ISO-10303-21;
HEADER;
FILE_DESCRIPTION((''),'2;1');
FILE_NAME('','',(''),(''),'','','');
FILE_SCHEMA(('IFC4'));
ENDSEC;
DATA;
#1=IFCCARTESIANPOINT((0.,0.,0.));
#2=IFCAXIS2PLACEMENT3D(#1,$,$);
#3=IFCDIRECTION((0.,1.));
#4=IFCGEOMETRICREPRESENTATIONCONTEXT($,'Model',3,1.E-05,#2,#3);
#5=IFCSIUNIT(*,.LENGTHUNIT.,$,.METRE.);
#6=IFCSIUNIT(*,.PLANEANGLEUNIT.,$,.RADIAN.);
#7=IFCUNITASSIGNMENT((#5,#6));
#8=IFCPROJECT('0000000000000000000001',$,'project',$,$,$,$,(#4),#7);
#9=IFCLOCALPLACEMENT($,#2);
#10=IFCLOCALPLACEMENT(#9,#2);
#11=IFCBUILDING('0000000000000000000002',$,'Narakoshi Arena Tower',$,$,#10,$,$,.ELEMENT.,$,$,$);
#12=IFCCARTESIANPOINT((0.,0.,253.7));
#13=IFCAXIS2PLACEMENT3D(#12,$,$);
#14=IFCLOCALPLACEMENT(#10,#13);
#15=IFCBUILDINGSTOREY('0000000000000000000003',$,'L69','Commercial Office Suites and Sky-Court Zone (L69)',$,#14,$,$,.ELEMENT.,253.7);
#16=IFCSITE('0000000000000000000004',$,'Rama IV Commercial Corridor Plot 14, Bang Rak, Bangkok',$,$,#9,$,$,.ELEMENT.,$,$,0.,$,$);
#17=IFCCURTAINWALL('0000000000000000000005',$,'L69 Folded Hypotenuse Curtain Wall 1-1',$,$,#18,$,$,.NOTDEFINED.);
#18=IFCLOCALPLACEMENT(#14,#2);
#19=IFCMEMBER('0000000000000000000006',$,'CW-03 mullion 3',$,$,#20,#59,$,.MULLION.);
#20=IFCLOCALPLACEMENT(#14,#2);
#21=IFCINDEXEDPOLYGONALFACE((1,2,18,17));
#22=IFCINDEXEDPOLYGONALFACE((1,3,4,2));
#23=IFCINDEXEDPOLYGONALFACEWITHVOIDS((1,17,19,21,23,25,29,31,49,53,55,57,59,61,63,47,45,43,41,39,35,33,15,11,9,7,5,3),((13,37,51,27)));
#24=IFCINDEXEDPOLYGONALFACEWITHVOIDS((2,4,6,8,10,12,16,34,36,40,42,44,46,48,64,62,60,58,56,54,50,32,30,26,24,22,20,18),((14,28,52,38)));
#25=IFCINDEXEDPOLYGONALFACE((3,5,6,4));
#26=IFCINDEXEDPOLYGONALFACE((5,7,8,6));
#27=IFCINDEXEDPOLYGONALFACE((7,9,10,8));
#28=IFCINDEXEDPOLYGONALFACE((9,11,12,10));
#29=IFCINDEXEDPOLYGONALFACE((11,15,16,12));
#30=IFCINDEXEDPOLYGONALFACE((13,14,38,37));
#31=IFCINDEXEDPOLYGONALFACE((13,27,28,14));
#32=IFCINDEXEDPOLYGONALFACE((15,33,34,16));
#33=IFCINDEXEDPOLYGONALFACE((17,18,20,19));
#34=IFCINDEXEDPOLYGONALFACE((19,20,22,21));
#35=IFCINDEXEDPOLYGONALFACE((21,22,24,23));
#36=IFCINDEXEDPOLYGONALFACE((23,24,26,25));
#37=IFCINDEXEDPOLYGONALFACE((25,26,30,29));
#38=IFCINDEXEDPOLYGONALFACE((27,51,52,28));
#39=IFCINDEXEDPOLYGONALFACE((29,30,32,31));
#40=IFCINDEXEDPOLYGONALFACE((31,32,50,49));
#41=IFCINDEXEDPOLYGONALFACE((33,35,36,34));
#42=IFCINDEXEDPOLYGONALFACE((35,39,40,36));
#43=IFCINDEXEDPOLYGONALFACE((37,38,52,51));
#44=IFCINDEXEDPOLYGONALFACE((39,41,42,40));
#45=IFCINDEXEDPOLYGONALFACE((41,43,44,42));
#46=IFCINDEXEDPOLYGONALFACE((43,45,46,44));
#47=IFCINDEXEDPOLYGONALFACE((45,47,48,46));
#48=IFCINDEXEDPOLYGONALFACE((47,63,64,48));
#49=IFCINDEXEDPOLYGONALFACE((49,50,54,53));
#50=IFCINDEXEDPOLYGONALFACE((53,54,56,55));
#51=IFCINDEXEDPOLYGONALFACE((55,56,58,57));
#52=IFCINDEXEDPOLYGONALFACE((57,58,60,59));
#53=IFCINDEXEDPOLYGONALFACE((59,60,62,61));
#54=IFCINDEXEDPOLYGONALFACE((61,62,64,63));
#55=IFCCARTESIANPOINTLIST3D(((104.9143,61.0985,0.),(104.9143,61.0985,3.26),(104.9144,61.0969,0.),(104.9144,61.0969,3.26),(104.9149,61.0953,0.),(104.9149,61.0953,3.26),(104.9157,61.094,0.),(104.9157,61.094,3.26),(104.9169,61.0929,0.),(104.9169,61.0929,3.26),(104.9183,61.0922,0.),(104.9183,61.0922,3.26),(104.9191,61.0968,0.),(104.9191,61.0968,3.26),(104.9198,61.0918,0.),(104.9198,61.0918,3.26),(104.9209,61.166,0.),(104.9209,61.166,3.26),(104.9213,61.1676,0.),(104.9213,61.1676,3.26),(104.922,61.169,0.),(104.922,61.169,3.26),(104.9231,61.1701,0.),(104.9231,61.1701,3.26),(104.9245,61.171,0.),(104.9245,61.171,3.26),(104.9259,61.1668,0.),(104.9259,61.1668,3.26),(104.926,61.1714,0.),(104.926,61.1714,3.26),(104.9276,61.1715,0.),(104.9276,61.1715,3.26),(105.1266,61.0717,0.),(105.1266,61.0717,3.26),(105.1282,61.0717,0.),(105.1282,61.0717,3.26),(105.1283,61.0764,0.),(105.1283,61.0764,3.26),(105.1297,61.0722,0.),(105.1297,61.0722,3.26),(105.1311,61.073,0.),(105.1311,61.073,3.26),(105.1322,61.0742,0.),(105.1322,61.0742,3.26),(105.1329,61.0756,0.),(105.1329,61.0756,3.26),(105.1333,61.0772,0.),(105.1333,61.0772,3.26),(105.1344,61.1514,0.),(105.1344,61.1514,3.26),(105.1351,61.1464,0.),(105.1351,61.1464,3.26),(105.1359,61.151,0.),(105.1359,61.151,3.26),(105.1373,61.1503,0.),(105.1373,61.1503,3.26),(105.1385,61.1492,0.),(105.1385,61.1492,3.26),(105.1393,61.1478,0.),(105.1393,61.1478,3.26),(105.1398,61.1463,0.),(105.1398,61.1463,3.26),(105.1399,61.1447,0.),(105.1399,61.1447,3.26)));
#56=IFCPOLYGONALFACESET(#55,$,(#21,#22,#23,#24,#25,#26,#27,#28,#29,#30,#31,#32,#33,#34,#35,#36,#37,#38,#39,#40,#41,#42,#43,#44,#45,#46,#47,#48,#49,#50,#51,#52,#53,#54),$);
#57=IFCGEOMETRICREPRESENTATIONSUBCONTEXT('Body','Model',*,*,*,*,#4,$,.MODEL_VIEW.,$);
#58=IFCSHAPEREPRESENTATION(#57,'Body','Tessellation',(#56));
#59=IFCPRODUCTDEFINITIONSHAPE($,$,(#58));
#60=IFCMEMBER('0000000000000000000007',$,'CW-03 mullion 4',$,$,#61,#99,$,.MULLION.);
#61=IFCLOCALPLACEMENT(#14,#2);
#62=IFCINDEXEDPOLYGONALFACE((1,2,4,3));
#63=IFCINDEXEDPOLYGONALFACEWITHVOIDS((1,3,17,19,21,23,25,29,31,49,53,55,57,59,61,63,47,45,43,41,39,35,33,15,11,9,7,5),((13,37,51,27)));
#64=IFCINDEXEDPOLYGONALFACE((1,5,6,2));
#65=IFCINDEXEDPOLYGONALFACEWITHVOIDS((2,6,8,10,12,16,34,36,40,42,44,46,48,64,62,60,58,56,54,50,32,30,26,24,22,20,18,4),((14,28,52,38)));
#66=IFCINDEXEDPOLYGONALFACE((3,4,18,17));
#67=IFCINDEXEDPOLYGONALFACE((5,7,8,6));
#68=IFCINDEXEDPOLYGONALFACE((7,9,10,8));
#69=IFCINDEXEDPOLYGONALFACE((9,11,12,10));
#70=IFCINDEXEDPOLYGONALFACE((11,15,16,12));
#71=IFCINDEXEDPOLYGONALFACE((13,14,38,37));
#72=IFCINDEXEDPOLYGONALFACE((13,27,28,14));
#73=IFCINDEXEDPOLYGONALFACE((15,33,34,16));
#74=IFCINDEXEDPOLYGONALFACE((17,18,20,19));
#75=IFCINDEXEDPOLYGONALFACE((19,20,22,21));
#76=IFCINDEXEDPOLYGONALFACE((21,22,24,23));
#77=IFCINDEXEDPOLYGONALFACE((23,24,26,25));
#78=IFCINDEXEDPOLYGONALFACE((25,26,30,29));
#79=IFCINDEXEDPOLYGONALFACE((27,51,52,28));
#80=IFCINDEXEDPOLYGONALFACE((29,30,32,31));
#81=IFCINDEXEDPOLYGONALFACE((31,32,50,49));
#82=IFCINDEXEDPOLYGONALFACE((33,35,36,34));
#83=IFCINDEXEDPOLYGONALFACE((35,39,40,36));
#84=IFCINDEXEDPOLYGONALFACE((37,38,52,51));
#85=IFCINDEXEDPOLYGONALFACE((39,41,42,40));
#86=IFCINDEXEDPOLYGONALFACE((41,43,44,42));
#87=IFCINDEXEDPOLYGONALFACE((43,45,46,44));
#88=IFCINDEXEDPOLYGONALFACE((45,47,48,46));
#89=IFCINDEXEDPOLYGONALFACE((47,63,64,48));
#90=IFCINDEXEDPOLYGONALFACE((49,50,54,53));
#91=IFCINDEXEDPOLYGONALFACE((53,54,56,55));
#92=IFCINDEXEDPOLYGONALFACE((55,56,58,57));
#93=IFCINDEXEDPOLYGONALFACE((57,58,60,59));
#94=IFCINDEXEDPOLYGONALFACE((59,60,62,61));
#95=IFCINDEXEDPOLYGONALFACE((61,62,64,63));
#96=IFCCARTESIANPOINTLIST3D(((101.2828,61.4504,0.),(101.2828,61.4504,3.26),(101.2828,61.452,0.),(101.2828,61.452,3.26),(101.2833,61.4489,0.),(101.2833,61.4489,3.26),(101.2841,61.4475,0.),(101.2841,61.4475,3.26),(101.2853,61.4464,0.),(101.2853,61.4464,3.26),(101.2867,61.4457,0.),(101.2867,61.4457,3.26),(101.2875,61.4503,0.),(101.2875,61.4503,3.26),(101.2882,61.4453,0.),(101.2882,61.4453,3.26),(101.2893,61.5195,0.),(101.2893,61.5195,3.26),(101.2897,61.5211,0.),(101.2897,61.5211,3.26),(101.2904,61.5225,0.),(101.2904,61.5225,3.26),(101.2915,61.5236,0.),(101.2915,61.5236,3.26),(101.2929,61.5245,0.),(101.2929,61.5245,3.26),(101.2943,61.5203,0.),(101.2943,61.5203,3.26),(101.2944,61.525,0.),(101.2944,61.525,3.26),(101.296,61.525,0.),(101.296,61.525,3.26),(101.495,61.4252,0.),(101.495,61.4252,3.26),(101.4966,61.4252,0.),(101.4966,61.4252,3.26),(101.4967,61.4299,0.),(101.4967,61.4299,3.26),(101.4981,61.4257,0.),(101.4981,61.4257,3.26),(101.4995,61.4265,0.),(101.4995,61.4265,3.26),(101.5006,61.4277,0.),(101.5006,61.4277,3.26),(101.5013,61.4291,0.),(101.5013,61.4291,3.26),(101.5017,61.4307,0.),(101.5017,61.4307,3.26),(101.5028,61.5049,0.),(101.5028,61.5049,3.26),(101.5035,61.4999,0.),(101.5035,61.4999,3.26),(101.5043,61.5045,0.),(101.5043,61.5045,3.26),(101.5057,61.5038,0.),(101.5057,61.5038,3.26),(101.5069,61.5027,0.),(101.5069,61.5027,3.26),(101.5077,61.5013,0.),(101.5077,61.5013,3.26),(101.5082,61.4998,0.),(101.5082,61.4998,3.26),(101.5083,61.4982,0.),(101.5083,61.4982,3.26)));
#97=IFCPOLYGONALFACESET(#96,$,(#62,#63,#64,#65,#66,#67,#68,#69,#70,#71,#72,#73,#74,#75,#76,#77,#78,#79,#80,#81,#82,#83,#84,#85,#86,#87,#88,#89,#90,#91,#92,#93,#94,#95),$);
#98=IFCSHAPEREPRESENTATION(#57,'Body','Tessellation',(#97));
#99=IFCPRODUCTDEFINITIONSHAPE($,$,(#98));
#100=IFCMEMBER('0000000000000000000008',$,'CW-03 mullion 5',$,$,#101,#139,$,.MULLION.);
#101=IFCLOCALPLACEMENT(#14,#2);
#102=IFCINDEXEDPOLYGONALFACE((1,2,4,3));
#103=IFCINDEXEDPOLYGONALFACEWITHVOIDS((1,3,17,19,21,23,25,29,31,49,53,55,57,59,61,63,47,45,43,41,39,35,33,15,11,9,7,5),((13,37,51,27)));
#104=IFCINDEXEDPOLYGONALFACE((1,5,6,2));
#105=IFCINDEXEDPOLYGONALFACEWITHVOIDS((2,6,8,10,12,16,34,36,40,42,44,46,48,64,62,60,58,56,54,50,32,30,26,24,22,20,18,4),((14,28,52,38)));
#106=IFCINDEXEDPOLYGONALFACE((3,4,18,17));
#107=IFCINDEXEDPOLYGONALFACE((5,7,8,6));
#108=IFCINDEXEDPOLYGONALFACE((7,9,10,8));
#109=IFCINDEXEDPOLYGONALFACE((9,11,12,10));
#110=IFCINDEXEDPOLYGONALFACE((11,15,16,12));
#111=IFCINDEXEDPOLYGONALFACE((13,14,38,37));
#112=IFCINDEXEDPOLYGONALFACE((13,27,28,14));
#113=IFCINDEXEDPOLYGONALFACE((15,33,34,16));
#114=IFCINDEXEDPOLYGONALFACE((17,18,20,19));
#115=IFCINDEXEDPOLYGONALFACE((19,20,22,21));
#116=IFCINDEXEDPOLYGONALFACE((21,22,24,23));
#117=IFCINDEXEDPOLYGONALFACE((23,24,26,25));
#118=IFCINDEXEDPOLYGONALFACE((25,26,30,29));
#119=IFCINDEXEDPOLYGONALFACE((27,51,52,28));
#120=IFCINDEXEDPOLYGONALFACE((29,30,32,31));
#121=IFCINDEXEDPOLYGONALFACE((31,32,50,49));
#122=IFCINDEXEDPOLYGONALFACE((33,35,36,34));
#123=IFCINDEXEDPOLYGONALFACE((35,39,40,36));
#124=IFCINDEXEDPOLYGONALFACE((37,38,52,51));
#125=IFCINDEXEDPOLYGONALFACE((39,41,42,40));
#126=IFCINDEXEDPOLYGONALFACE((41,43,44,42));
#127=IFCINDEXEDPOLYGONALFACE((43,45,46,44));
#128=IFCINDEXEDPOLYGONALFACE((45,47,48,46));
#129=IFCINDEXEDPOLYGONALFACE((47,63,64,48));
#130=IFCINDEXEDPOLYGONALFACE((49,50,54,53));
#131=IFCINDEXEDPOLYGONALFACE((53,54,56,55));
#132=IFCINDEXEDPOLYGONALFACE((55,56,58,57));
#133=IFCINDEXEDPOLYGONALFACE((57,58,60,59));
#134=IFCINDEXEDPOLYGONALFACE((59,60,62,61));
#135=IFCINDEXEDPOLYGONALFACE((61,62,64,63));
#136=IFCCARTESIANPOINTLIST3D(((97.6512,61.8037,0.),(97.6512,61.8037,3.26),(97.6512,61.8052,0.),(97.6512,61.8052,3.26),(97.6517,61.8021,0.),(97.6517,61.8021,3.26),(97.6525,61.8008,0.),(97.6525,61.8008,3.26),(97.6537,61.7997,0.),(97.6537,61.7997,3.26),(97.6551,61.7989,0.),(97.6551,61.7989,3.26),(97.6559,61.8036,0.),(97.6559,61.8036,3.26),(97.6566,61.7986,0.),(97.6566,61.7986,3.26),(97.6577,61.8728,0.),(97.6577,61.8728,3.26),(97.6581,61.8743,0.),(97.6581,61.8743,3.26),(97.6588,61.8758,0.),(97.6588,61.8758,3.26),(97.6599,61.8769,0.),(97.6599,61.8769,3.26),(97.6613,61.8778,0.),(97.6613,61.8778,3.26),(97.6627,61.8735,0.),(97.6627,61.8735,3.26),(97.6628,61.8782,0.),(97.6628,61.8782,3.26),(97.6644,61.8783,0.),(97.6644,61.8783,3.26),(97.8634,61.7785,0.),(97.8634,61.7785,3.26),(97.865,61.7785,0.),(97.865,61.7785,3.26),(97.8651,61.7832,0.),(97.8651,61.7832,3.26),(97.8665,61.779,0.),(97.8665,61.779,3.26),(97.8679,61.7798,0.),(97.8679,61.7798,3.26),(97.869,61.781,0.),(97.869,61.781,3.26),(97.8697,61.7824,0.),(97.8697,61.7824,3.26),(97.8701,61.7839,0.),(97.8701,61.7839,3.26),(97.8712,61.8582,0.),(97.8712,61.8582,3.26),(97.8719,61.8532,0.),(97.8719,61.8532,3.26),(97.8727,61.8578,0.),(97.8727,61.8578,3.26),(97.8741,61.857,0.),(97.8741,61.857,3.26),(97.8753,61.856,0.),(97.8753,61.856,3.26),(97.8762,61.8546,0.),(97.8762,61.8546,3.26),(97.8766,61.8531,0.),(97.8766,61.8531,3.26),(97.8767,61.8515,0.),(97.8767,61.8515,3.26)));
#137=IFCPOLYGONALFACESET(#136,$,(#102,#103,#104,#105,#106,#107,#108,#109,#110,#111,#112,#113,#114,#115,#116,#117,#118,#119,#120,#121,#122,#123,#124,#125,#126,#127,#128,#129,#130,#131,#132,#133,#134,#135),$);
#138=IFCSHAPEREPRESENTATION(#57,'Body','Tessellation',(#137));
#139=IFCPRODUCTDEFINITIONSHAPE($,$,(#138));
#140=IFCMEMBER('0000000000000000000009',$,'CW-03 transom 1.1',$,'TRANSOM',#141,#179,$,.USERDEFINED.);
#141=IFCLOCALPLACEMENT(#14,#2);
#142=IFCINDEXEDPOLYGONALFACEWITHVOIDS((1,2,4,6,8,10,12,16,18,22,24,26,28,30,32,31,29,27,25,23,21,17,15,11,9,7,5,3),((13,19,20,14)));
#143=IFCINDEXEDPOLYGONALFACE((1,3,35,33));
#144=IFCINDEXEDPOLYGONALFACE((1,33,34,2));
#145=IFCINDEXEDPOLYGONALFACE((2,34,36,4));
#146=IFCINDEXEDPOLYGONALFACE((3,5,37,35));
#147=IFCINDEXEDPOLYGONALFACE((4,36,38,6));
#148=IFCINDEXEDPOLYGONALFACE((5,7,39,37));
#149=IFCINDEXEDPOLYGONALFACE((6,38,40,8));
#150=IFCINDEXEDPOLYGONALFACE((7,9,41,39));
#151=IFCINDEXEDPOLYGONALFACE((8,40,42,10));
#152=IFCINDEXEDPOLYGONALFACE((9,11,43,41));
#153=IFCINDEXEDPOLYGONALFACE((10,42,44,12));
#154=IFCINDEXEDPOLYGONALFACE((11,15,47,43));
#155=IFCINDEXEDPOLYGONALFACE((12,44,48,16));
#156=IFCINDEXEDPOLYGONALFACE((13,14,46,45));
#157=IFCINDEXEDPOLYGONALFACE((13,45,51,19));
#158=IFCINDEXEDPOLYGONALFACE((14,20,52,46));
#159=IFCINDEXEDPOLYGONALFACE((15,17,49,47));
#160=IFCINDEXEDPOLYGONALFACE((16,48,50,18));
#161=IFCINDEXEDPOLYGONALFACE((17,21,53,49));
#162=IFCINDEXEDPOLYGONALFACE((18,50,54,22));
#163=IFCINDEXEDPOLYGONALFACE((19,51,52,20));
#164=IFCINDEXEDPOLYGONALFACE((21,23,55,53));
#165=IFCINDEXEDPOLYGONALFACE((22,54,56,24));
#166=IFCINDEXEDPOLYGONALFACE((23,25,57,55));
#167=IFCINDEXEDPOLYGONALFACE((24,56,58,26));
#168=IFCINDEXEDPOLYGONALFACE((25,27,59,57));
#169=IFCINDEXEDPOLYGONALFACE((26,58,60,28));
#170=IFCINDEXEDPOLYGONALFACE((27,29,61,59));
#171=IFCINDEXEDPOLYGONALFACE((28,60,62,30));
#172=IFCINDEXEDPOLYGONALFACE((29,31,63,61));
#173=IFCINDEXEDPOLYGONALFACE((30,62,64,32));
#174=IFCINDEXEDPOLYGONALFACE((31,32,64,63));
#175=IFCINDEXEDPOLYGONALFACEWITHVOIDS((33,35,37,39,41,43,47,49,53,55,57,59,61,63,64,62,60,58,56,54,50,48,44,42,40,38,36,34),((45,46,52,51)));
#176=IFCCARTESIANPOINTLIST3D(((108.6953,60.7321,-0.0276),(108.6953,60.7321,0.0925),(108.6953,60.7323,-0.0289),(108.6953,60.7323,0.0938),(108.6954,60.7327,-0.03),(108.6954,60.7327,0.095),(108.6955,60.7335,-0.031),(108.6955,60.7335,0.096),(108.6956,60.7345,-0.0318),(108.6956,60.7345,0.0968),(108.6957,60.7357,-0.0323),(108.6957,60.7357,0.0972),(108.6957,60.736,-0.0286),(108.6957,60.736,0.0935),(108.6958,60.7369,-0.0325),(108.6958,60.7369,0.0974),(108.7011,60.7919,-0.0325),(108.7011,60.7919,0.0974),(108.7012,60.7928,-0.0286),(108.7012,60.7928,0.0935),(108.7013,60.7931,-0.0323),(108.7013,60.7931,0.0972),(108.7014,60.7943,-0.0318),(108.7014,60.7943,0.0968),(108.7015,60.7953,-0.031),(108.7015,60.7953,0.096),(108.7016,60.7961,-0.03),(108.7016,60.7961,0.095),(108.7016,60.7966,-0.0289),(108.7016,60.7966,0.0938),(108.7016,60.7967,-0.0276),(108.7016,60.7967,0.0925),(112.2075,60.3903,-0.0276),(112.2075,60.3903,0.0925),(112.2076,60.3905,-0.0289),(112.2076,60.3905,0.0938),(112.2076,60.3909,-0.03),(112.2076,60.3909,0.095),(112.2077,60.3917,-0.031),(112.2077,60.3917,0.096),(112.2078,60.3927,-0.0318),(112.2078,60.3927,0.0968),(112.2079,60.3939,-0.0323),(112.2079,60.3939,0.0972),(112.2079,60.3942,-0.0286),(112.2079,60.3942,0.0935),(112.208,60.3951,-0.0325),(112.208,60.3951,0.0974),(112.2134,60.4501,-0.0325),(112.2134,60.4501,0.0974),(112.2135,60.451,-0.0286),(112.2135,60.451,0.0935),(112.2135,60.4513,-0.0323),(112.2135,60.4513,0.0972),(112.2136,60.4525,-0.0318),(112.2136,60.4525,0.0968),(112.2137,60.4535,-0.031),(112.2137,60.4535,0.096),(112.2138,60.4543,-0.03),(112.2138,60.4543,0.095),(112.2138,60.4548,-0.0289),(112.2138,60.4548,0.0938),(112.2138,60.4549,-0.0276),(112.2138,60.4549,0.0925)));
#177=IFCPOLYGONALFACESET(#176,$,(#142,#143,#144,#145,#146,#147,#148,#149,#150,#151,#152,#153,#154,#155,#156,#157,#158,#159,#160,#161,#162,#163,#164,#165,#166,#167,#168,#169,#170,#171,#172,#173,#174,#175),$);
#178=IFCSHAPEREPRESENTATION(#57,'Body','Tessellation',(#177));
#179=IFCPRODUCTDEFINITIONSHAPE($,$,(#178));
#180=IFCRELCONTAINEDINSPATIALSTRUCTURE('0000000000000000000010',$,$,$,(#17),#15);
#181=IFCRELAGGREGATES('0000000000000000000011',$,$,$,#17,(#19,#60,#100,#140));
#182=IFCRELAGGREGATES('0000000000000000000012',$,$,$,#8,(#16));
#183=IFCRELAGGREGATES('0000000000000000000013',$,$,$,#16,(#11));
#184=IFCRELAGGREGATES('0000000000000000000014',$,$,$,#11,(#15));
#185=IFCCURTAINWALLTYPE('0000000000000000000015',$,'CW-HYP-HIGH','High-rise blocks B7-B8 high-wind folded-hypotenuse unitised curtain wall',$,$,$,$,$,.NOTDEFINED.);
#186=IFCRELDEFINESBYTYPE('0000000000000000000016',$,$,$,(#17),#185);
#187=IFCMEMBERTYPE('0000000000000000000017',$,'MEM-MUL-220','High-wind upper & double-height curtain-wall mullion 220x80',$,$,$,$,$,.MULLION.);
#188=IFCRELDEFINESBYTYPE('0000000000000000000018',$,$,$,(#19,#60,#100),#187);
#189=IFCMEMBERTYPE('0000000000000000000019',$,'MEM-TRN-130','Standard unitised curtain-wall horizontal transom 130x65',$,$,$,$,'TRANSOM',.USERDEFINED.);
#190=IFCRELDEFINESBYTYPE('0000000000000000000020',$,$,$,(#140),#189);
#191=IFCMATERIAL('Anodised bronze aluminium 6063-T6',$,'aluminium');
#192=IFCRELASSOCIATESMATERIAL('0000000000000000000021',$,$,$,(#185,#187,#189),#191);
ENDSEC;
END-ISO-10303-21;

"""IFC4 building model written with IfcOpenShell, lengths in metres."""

from ifc_helpers import new_model, si_unit, direction, frame, origin, origin_2d, place, context, subcontext, project, spatial, hollow_rectangle, extrude, material, material_profile, profile_set, type_object, element, aggregate, save


model = new_model("IFC4")

# Units and contexts
model_context = context("Model", 3, precision=1e-05, world=origin(), true_north=direction((0.0, 1.0)))
body_context = subcontext(model_context, "Body", "Model", "MODEL_VIEW")
ifc_project = project(units=[si_unit("LENGTHUNIT", "METRE"), si_unit("PLANEANGLEUNIT", "RADIAN")], contexts=[model_context])

# Site, building, storey
site_placement = place(None, origin())
site = spatial("IfcSite", under=ifc_project, at=site_placement, Name="Rama IV Commercial Corridor Plot 14, Bang Rak, Bangkok", CompositionType="ELEMENT", RefElevation=0.0)
building_placement = place(site_placement, origin())
building = spatial("IfcBuilding", under=site, at=building_placement, Name="Narakoshi Arena Tower", CompositionType="ELEMENT")
storey_placement = place(building_placement, frame((0.0, 0.0, 253.7)))
storey = spatial("IfcBuildingStorey", under=building, at=storey_placement, Name="L69", Description="Commercial Office Suites and Sky-Court Zone (L69)", CompositionType="ELEMENT", Elevation=253.7)

# Curtain wall, members
ifc_material_1 = material(Name="Anodised bronze aluminium 6063-T6", Category="aluminium")
curtain_wall_type = type_object("IfcCurtainWallType", Name="CW-HYP-HIGH", Description="High-rise blocks B7-B8 high-wind folded-hypotenuse unitised curtain wall", PredefinedType="NOTDEFINED", material=ifc_material_1)
curtain_wall_placement = place(storey_placement, origin())
curtain_wall = element("IfcCurtainWall", 1, at=curtain_wall_placement, inside=storey, type_object=curtain_wall_type, Name="L69 Folded Hypotenuse Curtain Wall 1-1", PredefinedType="NOTDEFINED")
ifc_material_profile_1 = material_profile(ifc_material_1, hollow_rectangle(XDim=0.0801, YDim=0.22, WallThickness=0.0049, OuterFilletRadius=0.0061, at=origin_2d()), Name="MUL220x80x5")
ifc_profile_set_1 = profile_set([ifc_material_profile_1], Name="Anodised bronze aluminium 6063-T6")
member_type_1 = type_object("IfcMemberType", Name="MEM-MUL-220", Description="High-wind upper & double-height curtain-wall mullion 220x80", PredefinedType="MULLION", material=ifc_profile_set_1)
member_1_placement = place(storey_placement, frame((105.0271, 61.1216, 0.0), z_axis=(0.0, 0.0, 1.0), x_axis=(-0.096851, -0.995299, 0.0)))
member_1 = element("IfcMember", 2, at=member_1_placement, type_object=member_type_1, Name="CW-03 mullion 3", PredefinedType="MULLION", context=body_context, shape_type="SweptSolid", body=[
    extrude(hollow_rectangle(XDim=0.0801, YDim=0.22, WallThickness=0.0049, OuterFilletRadius=0.0061, at=origin_2d()), origin(), (0.0, 0.0, 1.0), 3.26),
])
member_2_placement = place(storey_placement, frame((101.3955, 61.4751, 0.0), z_axis=(0.0, 0.0, 1.0), x_axis=(-0.096851, -0.995299, 0.0)))
member_2 = element("IfcMember", 3, at=member_2_placement, type_object=member_type_1, Name="CW-03 mullion 4", PredefinedType="MULLION", context=body_context, shape_type="SweptSolid", body=[
    extrude(hollow_rectangle(XDim=0.0801, YDim=0.22, WallThickness=0.0049, OuterFilletRadius=0.0061, at=origin_2d()), origin(), (0.0, 0.0, 1.0), 3.26),
])
member_3_placement = place(storey_placement, frame((97.7639, 61.8284, 0.0), z_axis=(0.0, 0.0, 1.0), x_axis=(-0.096851, -0.995299, 0.0)))
member_3 = element("IfcMember", 4, at=member_3_placement, type_object=member_type_1, Name="CW-03 mullion 5", PredefinedType="MULLION", context=body_context, shape_type="SweptSolid", body=[
    extrude(hollow_rectangle(XDim=0.0801, YDim=0.22, WallThickness=0.0049, OuterFilletRadius=0.0061, at=origin_2d()), origin(), (0.0, 0.0, 1.0), 3.26),
])
ifc_material_profile_2 = material_profile(ifc_material_1, hollow_rectangle(XDim=0.0649, YDim=0.1299, WallThickness=0.0039, OuterFilletRadius=0.0049, at=origin_2d()), Name="TRN130x65x4")
ifc_profile_set_2 = profile_set([ifc_material_profile_2], Name="Anodised bronze aluminium 6063-T6")
member_type_2 = type_object("IfcMemberType", Name="MEM-TRN-130", Description="Standard unitised curtain-wall horizontal transom 130x65", ElementType="TRANSOM", PredefinedType="USERDEFINED", material=ifc_profile_set_2)
member_4_placement = place(storey_placement, frame((112.2107, 60.4226, 0.0325), z_axis=(-0.995298, 0.096859, 0.0), x_axis=(-0.096859, -0.995298, 0.0)))
member_4 = element("IfcMember", 5, at=member_4_placement, type_object=member_type_2, Name="CW-03 transom 1.1", ObjectType="TRANSOM", PredefinedType="USERDEFINED", context=body_context, shape_type="SweptSolid", body=[
    extrude(hollow_rectangle(XDim=0.0649, YDim=0.1299, WallThickness=0.0039, OuterFilletRadius=0.0049, at=origin_2d()), origin(), (0.0, 0.0, 1.0), 3.5288),
])
aggregate(curtain_wall, [member_1, member_2, member_3, member_4])

save(model, "model.ifc")
